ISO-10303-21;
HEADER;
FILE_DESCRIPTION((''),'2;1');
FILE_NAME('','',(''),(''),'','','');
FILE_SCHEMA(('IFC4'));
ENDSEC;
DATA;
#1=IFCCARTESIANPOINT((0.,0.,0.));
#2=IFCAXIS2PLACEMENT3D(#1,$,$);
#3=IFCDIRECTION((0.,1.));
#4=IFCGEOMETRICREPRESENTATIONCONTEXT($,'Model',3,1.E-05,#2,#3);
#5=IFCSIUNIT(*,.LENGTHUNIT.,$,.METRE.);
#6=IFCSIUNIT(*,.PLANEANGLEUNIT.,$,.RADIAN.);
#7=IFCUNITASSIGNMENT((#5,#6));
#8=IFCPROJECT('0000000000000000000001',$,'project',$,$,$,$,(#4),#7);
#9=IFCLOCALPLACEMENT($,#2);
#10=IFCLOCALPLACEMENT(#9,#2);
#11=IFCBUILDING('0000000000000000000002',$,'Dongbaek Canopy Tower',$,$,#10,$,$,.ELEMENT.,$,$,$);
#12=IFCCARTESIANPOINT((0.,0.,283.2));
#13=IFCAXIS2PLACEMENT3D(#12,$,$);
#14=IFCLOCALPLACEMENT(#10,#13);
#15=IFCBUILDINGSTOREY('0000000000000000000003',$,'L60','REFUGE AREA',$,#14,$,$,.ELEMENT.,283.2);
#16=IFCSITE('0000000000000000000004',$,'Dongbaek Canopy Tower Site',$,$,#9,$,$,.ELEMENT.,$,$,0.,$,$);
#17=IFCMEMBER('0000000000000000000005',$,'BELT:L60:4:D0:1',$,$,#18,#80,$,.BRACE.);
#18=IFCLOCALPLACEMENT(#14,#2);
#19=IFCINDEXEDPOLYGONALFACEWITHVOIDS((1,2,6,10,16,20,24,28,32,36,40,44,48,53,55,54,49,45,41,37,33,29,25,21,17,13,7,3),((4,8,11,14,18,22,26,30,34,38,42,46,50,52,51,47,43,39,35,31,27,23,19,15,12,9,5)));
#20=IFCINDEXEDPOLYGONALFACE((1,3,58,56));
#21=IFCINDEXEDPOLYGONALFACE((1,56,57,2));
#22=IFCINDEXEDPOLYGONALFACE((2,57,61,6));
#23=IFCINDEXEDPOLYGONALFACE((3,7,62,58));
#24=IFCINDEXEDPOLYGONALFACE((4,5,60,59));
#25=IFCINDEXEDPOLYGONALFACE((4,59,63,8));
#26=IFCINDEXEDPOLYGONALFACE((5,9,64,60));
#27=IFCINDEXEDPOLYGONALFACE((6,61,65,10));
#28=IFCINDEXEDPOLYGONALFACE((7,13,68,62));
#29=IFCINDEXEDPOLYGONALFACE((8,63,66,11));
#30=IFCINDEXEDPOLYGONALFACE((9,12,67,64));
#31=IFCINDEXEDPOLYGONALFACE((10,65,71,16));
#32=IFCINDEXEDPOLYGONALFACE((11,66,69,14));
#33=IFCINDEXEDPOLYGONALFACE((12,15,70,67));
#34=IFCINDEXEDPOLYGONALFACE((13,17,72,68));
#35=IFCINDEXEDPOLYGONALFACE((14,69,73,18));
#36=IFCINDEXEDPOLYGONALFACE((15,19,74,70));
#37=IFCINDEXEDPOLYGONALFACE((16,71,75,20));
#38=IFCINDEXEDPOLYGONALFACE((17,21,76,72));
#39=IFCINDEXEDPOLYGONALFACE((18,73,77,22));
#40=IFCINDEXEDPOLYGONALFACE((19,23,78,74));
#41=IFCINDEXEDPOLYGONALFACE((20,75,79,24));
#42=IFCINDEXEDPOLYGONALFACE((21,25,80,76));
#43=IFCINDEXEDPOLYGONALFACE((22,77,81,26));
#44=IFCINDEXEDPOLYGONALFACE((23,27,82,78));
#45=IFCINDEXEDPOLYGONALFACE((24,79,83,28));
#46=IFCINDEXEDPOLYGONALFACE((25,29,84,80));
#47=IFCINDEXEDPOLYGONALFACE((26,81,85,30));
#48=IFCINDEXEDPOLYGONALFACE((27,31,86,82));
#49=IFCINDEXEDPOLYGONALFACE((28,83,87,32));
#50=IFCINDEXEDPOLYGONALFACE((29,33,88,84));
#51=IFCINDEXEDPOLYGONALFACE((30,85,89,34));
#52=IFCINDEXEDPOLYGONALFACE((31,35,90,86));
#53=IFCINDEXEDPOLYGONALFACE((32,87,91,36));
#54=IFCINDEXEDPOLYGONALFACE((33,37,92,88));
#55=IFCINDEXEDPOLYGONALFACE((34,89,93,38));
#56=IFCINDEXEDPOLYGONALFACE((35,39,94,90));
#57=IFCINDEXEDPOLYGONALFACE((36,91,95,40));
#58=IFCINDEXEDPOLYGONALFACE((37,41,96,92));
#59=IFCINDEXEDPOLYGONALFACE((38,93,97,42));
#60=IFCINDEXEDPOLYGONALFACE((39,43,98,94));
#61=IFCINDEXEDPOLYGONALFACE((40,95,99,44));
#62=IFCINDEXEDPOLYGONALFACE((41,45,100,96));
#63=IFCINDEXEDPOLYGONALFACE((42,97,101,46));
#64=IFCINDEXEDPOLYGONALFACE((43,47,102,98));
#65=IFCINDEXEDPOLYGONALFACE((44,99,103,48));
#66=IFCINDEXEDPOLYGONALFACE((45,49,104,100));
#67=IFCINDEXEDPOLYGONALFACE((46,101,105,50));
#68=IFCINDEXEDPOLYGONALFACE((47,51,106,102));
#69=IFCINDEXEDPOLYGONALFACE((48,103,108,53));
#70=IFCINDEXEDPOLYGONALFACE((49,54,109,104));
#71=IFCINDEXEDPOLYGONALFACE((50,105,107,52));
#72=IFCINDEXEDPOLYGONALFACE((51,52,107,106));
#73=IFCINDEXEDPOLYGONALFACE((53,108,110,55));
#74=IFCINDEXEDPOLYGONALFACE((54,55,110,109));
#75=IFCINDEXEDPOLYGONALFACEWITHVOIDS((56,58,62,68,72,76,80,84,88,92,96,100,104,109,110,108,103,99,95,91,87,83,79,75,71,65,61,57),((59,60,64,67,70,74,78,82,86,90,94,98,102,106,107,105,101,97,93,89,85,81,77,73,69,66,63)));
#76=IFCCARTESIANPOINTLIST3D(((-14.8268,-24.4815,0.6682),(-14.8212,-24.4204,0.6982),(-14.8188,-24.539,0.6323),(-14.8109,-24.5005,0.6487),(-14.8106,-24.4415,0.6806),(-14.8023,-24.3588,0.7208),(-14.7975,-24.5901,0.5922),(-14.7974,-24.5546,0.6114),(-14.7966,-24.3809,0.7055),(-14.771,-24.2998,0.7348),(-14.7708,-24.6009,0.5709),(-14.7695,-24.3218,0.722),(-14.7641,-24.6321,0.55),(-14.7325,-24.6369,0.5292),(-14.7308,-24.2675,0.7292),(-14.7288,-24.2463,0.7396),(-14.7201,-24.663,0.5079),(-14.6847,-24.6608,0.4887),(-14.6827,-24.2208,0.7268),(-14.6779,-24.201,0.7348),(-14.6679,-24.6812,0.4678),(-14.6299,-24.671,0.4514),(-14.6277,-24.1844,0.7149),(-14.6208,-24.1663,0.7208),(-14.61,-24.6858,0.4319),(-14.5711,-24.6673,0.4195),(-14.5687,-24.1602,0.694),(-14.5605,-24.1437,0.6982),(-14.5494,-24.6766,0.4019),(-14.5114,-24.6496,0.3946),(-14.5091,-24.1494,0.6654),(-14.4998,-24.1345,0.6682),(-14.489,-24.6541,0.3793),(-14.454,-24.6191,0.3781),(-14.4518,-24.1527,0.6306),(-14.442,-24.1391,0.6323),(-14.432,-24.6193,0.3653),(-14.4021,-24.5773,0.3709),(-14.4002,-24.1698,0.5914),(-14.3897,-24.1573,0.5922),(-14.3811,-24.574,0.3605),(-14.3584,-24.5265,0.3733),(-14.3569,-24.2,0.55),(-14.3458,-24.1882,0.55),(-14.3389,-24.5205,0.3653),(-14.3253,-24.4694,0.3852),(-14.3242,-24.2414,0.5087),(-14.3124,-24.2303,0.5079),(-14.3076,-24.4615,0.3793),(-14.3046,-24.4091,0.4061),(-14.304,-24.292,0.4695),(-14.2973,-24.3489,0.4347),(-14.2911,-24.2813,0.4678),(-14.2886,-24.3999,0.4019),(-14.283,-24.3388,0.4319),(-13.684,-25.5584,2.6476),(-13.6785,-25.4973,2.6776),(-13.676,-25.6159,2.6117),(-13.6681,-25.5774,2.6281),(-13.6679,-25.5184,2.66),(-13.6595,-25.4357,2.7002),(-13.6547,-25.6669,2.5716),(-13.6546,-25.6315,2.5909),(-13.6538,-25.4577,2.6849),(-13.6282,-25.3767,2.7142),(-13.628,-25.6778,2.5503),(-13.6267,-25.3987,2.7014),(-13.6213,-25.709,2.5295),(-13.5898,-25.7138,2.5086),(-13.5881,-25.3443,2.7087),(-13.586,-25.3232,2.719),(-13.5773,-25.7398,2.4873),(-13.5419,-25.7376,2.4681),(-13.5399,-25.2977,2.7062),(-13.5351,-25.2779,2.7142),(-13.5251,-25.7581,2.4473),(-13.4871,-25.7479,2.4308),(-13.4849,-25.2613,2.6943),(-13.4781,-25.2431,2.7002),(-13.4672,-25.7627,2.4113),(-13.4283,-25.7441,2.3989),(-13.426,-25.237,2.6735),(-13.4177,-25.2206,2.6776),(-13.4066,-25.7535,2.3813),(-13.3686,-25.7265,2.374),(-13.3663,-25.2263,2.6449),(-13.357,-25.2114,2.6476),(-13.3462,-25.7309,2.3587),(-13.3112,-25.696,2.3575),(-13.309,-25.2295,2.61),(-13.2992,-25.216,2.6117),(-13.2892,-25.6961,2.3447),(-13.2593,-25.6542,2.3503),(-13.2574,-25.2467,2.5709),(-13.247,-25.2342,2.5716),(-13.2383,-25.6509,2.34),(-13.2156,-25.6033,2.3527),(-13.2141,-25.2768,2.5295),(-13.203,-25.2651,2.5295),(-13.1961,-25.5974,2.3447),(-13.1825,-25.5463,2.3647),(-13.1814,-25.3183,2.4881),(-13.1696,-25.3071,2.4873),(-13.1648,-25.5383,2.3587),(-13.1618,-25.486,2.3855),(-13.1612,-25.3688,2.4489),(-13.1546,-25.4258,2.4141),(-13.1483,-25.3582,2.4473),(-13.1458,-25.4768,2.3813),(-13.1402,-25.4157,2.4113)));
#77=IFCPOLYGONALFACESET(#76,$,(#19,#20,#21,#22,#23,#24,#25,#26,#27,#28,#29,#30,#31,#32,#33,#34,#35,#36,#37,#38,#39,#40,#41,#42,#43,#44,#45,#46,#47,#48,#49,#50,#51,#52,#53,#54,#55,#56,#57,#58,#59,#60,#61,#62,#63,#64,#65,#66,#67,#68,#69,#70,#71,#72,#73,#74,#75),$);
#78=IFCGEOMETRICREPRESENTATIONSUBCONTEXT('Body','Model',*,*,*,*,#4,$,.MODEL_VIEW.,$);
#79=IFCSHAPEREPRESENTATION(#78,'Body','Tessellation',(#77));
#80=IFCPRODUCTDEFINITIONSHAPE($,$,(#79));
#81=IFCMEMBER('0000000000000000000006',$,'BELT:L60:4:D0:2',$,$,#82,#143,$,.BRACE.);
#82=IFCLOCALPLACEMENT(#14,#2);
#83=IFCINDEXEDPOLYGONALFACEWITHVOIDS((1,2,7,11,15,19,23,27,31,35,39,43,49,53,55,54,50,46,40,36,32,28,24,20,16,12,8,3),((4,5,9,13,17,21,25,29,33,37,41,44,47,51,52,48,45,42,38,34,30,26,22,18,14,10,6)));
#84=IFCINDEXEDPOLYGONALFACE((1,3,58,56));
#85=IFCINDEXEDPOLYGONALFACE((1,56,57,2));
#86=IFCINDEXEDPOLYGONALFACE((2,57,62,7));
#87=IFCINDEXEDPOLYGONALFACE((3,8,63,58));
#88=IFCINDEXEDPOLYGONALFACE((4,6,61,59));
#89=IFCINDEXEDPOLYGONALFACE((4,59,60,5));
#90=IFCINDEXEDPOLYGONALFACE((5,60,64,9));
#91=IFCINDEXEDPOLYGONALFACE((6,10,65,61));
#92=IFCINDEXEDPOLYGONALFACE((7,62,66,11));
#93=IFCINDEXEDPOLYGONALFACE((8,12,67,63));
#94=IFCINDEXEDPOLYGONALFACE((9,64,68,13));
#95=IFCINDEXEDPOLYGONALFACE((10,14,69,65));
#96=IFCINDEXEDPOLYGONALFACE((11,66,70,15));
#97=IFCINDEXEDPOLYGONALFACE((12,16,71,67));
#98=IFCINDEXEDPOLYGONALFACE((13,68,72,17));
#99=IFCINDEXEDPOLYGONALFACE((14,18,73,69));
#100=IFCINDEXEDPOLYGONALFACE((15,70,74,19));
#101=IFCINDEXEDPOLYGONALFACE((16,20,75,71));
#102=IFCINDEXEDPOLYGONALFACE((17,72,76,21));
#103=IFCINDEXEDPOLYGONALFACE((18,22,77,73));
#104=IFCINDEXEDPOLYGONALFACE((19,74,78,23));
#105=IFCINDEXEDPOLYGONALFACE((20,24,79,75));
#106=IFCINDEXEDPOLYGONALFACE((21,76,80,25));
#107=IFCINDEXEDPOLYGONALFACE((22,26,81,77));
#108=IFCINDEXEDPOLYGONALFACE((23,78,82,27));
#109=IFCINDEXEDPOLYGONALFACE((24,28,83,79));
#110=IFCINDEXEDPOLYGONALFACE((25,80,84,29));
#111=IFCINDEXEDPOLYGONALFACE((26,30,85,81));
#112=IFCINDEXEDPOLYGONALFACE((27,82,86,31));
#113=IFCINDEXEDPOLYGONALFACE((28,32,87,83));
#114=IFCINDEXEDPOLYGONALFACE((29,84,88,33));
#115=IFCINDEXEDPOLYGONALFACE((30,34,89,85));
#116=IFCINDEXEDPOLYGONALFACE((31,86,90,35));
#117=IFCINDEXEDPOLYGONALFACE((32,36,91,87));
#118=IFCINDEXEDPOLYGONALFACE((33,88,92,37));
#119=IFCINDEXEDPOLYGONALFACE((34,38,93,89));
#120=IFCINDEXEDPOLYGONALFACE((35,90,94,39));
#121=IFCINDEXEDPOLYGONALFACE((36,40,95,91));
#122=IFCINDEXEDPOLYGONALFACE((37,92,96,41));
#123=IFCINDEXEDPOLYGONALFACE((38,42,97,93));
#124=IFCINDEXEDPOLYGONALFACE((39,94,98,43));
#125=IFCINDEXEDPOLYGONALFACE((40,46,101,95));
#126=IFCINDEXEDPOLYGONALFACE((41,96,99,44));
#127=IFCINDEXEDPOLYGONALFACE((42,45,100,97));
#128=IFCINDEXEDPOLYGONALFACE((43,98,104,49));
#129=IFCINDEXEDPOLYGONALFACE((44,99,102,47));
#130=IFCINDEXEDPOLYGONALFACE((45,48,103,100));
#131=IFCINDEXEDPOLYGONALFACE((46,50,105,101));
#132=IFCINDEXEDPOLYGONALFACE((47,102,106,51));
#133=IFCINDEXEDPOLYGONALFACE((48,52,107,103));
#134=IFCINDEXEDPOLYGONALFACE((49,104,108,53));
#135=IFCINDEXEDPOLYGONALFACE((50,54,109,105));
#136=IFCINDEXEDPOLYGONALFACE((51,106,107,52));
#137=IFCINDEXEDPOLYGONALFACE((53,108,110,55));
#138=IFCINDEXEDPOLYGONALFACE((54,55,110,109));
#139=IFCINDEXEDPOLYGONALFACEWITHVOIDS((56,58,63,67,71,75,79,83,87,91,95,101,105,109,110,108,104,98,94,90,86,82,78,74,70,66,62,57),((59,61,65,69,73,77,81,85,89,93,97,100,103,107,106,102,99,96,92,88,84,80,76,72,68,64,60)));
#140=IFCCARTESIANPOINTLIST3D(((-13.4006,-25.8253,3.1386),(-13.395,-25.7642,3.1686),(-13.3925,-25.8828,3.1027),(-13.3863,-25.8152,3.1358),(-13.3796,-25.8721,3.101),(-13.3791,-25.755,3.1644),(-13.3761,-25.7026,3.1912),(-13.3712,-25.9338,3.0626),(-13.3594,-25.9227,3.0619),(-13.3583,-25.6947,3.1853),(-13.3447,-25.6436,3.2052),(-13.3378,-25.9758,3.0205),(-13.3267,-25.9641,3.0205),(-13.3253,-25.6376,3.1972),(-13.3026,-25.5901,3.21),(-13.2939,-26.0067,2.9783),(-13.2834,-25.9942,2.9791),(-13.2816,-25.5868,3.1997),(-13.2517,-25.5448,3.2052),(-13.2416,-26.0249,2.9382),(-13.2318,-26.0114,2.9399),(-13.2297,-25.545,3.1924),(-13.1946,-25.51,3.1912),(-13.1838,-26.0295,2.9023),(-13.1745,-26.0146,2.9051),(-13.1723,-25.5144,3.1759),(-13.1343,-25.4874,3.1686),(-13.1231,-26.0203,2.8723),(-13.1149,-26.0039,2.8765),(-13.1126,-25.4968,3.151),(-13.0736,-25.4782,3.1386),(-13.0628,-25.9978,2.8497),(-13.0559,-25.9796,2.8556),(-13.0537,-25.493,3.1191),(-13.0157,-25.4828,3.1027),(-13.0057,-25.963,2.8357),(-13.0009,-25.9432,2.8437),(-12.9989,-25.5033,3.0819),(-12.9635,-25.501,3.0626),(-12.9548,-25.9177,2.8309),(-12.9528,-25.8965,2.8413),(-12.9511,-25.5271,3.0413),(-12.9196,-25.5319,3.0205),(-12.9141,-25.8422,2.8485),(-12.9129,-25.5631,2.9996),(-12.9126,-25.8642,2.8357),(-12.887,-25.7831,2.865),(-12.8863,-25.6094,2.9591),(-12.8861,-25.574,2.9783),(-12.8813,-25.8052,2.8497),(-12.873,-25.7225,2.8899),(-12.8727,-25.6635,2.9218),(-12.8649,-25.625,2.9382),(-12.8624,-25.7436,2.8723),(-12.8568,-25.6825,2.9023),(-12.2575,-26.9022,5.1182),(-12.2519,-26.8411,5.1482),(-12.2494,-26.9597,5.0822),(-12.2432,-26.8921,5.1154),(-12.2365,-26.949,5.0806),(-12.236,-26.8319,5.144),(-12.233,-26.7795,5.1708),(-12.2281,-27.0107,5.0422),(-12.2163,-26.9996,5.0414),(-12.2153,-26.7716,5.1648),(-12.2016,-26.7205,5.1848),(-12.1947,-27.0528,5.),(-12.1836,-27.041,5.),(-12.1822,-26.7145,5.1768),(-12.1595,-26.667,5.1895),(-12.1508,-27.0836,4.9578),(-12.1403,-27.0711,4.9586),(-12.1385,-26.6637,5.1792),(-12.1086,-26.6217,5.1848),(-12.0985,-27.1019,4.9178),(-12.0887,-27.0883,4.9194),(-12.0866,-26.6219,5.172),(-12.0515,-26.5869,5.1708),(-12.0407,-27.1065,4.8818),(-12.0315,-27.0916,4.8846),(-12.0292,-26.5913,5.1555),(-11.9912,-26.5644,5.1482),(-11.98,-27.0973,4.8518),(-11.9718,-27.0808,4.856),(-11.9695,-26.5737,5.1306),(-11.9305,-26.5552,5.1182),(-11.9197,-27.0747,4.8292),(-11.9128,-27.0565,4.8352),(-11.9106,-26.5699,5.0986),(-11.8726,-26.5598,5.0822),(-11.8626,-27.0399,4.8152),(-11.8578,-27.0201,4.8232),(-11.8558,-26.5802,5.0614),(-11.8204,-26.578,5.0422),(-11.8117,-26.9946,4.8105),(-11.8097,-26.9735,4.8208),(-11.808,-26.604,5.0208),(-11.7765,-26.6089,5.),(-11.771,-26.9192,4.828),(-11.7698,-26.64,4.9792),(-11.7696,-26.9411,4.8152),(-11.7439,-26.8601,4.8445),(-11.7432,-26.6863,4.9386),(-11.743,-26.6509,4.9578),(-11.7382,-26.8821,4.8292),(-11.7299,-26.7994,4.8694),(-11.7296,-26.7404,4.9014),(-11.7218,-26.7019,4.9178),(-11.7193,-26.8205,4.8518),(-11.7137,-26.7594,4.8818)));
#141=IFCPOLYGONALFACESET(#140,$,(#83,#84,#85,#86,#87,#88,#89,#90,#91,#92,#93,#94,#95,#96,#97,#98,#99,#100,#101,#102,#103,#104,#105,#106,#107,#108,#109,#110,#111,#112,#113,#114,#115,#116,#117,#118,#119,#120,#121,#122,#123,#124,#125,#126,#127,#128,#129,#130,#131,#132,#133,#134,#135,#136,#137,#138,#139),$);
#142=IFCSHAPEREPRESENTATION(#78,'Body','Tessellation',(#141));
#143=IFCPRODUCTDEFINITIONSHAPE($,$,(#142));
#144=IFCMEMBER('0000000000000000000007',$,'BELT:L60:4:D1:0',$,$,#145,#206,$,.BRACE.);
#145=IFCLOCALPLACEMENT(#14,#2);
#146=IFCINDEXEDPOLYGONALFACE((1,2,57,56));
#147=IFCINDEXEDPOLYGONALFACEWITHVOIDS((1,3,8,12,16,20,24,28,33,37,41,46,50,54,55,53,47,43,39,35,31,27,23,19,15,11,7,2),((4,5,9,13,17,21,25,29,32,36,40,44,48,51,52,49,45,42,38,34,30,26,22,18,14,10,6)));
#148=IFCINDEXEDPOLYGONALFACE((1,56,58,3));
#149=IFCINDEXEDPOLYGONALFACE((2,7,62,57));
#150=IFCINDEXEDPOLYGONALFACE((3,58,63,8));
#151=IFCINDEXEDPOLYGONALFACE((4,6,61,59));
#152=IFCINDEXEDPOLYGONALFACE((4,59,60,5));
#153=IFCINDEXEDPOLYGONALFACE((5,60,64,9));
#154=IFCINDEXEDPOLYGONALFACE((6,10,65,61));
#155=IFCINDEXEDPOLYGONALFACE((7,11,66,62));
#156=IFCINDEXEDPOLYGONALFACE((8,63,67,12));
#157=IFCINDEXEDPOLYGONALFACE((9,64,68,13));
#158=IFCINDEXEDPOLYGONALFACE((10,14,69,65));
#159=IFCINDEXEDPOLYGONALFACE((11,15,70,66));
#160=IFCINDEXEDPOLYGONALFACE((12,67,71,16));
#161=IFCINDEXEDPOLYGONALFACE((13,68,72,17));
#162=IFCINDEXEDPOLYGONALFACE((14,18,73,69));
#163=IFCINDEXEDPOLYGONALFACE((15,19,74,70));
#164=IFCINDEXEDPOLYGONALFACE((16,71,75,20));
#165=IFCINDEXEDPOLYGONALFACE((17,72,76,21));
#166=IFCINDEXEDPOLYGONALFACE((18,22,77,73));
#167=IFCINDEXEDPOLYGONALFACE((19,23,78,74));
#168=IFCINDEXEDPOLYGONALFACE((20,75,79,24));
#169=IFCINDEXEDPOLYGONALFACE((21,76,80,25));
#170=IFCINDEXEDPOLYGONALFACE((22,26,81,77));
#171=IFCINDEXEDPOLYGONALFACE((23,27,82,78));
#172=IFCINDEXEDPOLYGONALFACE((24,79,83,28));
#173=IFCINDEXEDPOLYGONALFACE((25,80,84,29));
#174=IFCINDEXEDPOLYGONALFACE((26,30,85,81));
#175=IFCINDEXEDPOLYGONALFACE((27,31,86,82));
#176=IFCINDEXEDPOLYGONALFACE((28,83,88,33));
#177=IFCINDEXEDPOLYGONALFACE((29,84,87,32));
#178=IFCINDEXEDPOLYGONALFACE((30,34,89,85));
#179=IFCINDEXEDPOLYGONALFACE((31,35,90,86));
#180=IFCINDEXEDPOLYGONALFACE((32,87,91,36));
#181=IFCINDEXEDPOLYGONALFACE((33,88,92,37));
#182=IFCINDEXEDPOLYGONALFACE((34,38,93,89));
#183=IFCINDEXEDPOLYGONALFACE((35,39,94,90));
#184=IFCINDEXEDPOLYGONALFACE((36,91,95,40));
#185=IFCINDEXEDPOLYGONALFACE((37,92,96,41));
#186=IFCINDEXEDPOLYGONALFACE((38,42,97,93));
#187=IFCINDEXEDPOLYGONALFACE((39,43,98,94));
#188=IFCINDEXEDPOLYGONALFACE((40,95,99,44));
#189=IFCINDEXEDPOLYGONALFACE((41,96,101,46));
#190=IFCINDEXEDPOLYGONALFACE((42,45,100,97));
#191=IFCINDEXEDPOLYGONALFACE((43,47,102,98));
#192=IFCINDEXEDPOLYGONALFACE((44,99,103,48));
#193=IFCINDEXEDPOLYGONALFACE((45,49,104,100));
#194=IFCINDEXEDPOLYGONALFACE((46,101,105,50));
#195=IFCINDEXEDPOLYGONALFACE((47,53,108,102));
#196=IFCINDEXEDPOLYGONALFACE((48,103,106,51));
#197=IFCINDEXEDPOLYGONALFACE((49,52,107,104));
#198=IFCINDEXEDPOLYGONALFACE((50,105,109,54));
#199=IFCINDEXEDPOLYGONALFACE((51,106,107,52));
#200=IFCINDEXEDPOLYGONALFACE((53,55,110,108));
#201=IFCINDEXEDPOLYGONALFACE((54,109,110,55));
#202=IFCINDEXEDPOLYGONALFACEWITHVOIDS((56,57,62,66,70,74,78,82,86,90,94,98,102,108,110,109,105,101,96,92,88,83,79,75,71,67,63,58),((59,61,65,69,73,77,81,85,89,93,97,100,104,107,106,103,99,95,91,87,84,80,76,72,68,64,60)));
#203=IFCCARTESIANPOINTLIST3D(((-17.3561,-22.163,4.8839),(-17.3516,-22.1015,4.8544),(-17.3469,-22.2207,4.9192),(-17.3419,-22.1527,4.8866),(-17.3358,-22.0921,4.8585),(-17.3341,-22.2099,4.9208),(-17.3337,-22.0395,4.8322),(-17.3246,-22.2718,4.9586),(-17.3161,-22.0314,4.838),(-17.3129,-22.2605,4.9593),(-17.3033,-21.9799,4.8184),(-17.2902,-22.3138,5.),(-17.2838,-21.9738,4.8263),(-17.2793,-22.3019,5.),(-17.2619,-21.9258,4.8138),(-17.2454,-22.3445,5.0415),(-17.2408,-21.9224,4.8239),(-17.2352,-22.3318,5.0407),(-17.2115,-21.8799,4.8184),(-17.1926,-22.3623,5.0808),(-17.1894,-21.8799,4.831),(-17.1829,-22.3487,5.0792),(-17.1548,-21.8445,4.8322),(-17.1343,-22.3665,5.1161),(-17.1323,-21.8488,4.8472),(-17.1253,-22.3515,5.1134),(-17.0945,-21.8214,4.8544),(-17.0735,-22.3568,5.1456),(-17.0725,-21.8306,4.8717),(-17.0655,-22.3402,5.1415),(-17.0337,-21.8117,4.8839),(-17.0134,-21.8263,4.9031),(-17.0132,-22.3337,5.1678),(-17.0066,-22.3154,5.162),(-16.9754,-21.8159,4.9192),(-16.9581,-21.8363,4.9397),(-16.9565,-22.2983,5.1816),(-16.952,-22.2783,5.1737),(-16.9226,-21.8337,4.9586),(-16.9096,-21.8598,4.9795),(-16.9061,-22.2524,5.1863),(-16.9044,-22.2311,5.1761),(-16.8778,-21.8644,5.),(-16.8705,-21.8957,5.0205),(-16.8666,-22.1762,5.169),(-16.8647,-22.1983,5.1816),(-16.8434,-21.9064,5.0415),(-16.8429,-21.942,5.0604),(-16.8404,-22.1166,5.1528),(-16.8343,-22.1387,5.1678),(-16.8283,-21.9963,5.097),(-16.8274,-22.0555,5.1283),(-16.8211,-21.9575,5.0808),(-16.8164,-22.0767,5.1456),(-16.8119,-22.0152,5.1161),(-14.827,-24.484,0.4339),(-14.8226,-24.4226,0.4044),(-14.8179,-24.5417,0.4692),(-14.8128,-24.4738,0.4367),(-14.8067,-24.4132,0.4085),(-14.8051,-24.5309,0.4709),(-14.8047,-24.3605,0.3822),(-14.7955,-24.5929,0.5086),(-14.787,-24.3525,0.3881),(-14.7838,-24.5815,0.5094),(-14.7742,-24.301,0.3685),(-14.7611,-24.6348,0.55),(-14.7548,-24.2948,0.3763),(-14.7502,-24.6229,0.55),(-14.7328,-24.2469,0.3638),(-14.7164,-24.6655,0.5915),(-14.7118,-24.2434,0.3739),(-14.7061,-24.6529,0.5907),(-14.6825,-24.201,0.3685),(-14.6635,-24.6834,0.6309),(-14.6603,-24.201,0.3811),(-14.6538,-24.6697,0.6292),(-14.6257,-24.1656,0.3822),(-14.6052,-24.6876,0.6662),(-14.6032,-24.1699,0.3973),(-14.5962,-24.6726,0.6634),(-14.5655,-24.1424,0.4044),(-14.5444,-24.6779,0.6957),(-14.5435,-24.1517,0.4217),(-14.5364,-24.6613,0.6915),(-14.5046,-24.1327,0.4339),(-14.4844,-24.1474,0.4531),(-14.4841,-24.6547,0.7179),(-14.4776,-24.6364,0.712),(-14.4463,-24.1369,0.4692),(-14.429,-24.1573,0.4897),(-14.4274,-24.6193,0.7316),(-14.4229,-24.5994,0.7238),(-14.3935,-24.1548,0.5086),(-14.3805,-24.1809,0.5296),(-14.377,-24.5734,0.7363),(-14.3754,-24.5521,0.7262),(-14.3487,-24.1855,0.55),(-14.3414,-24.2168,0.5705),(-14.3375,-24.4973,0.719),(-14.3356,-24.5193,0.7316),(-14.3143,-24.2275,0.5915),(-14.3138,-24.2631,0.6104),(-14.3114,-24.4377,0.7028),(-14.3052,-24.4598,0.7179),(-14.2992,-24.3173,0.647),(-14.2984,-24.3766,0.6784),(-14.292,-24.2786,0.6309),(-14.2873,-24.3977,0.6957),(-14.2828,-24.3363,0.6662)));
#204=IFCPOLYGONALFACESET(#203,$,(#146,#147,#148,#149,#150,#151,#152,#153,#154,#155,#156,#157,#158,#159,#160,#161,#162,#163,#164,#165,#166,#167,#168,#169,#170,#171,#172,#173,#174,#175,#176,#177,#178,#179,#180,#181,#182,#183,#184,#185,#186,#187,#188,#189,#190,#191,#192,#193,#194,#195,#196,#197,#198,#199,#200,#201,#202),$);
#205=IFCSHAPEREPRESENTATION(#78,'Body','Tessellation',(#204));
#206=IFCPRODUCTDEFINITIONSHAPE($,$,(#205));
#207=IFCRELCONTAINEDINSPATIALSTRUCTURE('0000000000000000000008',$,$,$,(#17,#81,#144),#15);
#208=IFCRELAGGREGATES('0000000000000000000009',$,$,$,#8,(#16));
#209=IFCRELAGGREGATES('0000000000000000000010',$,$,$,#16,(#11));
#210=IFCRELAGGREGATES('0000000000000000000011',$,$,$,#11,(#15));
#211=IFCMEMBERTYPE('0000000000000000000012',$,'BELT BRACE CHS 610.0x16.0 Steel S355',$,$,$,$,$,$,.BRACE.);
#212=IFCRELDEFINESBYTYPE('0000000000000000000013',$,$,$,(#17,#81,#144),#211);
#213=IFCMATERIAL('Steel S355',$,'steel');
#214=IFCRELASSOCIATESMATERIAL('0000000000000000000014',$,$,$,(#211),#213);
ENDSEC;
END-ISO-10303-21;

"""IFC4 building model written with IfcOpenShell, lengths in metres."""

from ifc_helpers import new_model, si_unit, direction, frame, origin, origin_2d, place, context, subcontext, project, spatial, hollow_circle, extrude, material, material_profile, profile_set, type_object, element, save


model = new_model("IFC4")

# Units and contexts
model_context = context("Model", 3, precision=1e-05, world=origin(), true_north=direction((0.0, 1.0)))
body_context = subcontext(model_context, "Body", "Model", "MODEL_VIEW")
ifc_project = project(units=[si_unit("LENGTHUNIT", "METRE"), si_unit("PLANEANGLEUNIT", "RADIAN")], contexts=[model_context])

# Site, building, storey
site_placement = place(None, origin())
site = spatial("IfcSite", under=ifc_project, at=site_placement, Name="Dongbaek Canopy Tower Site", CompositionType="ELEMENT", RefElevation=0.0)
building_placement = place(site_placement, origin())
building = spatial("IfcBuilding", under=site, at=building_placement, Name="Dongbaek Canopy Tower", CompositionType="ELEMENT")
storey_placement = place(building_placement, frame((0.0, 0.0, 283.2)))
storey = spatial("IfcBuildingStorey", under=building, at=storey_placement, Name="L60", Description="REFUGE AREA", CompositionType="ELEMENT", Elevation=283.2)

# Members
ifc_material_1 = material(Name="Steel S355", Category="steel")
ifc_material_profile_1 = material_profile(ifc_material_1, hollow_circle(Radius=0.3049, WallThickness=0.0161, at=origin_2d()), Name="BELT BRACE CHS 610.0x16.0 Steel S355")
ifc_profile_set_1 = profile_set([ifc_material_profile_1], Name="Steel S355")
member_type_1 = type_object("IfcMemberType", Name="BELT BRACE CHS 610.0x16.0 Steel S355", PredefinedType="BRACE", material=ifc_profile_set_1)
member_1_placement = place(storey_placement, frame((-14.5549, -24.4102, 0.55), z_axis=(0.4523, -0.426212, 0.783433), x_axis=(0.685806, 0.727784, 0.0)))
element("IfcMember", 1, at=member_1_placement, inside=storey, type_object=member_type_1, Name="BELT:L60:4:D0:1", PredefinedType="BRACE", context=body_context, shape_type="SweptSolid", body=[
    extrude(hollow_circle(Radius=0.3049, WallThickness=0.0161, at=origin_2d()), origin(), (0.0, 0.0, 1.0), 2.5266),
])
member_2_placement = place(storey_placement, frame((-11.9856, -26.8308, 5.0), z_axis=(-0.452377, 0.426193, -0.783399), x_axis=(-0.685728, -0.727858, 0.0)))
element("IfcMember", 2, at=member_2_placement, inside=storey, type_object=member_type_1, Name="BELT:L60:4:D0:2", PredefinedType="BRACE", context=body_context, shape_type="SweptSolid", body=[
    extrude(hollow_circle(Radius=0.3049, WallThickness=0.0161, at=origin_2d()), origin(), (0.0, 0.0, 1.0), 2.5269),
])
member_3_placement = place(storey_placement, frame((-14.5549, -24.4102, 0.55), z_axis=(-0.450002, 0.412991, 0.791793), x_axis=(-0.676159, -0.736755, 0.0)))
element("IfcMember", 3, at=member_3_placement, inside=storey, type_object=member_type_1, Name="BELT:L60:4:D1:0", PredefinedType="BRACE", context=body_context, shape_type="SweptSolid", body=[
    extrude(hollow_circle(Radius=0.3049, WallThickness=0.0161, at=origin_2d()), origin(), (0.0, 0.0, 1.0), 5.6201),
])

save(model, "model.ifc")
